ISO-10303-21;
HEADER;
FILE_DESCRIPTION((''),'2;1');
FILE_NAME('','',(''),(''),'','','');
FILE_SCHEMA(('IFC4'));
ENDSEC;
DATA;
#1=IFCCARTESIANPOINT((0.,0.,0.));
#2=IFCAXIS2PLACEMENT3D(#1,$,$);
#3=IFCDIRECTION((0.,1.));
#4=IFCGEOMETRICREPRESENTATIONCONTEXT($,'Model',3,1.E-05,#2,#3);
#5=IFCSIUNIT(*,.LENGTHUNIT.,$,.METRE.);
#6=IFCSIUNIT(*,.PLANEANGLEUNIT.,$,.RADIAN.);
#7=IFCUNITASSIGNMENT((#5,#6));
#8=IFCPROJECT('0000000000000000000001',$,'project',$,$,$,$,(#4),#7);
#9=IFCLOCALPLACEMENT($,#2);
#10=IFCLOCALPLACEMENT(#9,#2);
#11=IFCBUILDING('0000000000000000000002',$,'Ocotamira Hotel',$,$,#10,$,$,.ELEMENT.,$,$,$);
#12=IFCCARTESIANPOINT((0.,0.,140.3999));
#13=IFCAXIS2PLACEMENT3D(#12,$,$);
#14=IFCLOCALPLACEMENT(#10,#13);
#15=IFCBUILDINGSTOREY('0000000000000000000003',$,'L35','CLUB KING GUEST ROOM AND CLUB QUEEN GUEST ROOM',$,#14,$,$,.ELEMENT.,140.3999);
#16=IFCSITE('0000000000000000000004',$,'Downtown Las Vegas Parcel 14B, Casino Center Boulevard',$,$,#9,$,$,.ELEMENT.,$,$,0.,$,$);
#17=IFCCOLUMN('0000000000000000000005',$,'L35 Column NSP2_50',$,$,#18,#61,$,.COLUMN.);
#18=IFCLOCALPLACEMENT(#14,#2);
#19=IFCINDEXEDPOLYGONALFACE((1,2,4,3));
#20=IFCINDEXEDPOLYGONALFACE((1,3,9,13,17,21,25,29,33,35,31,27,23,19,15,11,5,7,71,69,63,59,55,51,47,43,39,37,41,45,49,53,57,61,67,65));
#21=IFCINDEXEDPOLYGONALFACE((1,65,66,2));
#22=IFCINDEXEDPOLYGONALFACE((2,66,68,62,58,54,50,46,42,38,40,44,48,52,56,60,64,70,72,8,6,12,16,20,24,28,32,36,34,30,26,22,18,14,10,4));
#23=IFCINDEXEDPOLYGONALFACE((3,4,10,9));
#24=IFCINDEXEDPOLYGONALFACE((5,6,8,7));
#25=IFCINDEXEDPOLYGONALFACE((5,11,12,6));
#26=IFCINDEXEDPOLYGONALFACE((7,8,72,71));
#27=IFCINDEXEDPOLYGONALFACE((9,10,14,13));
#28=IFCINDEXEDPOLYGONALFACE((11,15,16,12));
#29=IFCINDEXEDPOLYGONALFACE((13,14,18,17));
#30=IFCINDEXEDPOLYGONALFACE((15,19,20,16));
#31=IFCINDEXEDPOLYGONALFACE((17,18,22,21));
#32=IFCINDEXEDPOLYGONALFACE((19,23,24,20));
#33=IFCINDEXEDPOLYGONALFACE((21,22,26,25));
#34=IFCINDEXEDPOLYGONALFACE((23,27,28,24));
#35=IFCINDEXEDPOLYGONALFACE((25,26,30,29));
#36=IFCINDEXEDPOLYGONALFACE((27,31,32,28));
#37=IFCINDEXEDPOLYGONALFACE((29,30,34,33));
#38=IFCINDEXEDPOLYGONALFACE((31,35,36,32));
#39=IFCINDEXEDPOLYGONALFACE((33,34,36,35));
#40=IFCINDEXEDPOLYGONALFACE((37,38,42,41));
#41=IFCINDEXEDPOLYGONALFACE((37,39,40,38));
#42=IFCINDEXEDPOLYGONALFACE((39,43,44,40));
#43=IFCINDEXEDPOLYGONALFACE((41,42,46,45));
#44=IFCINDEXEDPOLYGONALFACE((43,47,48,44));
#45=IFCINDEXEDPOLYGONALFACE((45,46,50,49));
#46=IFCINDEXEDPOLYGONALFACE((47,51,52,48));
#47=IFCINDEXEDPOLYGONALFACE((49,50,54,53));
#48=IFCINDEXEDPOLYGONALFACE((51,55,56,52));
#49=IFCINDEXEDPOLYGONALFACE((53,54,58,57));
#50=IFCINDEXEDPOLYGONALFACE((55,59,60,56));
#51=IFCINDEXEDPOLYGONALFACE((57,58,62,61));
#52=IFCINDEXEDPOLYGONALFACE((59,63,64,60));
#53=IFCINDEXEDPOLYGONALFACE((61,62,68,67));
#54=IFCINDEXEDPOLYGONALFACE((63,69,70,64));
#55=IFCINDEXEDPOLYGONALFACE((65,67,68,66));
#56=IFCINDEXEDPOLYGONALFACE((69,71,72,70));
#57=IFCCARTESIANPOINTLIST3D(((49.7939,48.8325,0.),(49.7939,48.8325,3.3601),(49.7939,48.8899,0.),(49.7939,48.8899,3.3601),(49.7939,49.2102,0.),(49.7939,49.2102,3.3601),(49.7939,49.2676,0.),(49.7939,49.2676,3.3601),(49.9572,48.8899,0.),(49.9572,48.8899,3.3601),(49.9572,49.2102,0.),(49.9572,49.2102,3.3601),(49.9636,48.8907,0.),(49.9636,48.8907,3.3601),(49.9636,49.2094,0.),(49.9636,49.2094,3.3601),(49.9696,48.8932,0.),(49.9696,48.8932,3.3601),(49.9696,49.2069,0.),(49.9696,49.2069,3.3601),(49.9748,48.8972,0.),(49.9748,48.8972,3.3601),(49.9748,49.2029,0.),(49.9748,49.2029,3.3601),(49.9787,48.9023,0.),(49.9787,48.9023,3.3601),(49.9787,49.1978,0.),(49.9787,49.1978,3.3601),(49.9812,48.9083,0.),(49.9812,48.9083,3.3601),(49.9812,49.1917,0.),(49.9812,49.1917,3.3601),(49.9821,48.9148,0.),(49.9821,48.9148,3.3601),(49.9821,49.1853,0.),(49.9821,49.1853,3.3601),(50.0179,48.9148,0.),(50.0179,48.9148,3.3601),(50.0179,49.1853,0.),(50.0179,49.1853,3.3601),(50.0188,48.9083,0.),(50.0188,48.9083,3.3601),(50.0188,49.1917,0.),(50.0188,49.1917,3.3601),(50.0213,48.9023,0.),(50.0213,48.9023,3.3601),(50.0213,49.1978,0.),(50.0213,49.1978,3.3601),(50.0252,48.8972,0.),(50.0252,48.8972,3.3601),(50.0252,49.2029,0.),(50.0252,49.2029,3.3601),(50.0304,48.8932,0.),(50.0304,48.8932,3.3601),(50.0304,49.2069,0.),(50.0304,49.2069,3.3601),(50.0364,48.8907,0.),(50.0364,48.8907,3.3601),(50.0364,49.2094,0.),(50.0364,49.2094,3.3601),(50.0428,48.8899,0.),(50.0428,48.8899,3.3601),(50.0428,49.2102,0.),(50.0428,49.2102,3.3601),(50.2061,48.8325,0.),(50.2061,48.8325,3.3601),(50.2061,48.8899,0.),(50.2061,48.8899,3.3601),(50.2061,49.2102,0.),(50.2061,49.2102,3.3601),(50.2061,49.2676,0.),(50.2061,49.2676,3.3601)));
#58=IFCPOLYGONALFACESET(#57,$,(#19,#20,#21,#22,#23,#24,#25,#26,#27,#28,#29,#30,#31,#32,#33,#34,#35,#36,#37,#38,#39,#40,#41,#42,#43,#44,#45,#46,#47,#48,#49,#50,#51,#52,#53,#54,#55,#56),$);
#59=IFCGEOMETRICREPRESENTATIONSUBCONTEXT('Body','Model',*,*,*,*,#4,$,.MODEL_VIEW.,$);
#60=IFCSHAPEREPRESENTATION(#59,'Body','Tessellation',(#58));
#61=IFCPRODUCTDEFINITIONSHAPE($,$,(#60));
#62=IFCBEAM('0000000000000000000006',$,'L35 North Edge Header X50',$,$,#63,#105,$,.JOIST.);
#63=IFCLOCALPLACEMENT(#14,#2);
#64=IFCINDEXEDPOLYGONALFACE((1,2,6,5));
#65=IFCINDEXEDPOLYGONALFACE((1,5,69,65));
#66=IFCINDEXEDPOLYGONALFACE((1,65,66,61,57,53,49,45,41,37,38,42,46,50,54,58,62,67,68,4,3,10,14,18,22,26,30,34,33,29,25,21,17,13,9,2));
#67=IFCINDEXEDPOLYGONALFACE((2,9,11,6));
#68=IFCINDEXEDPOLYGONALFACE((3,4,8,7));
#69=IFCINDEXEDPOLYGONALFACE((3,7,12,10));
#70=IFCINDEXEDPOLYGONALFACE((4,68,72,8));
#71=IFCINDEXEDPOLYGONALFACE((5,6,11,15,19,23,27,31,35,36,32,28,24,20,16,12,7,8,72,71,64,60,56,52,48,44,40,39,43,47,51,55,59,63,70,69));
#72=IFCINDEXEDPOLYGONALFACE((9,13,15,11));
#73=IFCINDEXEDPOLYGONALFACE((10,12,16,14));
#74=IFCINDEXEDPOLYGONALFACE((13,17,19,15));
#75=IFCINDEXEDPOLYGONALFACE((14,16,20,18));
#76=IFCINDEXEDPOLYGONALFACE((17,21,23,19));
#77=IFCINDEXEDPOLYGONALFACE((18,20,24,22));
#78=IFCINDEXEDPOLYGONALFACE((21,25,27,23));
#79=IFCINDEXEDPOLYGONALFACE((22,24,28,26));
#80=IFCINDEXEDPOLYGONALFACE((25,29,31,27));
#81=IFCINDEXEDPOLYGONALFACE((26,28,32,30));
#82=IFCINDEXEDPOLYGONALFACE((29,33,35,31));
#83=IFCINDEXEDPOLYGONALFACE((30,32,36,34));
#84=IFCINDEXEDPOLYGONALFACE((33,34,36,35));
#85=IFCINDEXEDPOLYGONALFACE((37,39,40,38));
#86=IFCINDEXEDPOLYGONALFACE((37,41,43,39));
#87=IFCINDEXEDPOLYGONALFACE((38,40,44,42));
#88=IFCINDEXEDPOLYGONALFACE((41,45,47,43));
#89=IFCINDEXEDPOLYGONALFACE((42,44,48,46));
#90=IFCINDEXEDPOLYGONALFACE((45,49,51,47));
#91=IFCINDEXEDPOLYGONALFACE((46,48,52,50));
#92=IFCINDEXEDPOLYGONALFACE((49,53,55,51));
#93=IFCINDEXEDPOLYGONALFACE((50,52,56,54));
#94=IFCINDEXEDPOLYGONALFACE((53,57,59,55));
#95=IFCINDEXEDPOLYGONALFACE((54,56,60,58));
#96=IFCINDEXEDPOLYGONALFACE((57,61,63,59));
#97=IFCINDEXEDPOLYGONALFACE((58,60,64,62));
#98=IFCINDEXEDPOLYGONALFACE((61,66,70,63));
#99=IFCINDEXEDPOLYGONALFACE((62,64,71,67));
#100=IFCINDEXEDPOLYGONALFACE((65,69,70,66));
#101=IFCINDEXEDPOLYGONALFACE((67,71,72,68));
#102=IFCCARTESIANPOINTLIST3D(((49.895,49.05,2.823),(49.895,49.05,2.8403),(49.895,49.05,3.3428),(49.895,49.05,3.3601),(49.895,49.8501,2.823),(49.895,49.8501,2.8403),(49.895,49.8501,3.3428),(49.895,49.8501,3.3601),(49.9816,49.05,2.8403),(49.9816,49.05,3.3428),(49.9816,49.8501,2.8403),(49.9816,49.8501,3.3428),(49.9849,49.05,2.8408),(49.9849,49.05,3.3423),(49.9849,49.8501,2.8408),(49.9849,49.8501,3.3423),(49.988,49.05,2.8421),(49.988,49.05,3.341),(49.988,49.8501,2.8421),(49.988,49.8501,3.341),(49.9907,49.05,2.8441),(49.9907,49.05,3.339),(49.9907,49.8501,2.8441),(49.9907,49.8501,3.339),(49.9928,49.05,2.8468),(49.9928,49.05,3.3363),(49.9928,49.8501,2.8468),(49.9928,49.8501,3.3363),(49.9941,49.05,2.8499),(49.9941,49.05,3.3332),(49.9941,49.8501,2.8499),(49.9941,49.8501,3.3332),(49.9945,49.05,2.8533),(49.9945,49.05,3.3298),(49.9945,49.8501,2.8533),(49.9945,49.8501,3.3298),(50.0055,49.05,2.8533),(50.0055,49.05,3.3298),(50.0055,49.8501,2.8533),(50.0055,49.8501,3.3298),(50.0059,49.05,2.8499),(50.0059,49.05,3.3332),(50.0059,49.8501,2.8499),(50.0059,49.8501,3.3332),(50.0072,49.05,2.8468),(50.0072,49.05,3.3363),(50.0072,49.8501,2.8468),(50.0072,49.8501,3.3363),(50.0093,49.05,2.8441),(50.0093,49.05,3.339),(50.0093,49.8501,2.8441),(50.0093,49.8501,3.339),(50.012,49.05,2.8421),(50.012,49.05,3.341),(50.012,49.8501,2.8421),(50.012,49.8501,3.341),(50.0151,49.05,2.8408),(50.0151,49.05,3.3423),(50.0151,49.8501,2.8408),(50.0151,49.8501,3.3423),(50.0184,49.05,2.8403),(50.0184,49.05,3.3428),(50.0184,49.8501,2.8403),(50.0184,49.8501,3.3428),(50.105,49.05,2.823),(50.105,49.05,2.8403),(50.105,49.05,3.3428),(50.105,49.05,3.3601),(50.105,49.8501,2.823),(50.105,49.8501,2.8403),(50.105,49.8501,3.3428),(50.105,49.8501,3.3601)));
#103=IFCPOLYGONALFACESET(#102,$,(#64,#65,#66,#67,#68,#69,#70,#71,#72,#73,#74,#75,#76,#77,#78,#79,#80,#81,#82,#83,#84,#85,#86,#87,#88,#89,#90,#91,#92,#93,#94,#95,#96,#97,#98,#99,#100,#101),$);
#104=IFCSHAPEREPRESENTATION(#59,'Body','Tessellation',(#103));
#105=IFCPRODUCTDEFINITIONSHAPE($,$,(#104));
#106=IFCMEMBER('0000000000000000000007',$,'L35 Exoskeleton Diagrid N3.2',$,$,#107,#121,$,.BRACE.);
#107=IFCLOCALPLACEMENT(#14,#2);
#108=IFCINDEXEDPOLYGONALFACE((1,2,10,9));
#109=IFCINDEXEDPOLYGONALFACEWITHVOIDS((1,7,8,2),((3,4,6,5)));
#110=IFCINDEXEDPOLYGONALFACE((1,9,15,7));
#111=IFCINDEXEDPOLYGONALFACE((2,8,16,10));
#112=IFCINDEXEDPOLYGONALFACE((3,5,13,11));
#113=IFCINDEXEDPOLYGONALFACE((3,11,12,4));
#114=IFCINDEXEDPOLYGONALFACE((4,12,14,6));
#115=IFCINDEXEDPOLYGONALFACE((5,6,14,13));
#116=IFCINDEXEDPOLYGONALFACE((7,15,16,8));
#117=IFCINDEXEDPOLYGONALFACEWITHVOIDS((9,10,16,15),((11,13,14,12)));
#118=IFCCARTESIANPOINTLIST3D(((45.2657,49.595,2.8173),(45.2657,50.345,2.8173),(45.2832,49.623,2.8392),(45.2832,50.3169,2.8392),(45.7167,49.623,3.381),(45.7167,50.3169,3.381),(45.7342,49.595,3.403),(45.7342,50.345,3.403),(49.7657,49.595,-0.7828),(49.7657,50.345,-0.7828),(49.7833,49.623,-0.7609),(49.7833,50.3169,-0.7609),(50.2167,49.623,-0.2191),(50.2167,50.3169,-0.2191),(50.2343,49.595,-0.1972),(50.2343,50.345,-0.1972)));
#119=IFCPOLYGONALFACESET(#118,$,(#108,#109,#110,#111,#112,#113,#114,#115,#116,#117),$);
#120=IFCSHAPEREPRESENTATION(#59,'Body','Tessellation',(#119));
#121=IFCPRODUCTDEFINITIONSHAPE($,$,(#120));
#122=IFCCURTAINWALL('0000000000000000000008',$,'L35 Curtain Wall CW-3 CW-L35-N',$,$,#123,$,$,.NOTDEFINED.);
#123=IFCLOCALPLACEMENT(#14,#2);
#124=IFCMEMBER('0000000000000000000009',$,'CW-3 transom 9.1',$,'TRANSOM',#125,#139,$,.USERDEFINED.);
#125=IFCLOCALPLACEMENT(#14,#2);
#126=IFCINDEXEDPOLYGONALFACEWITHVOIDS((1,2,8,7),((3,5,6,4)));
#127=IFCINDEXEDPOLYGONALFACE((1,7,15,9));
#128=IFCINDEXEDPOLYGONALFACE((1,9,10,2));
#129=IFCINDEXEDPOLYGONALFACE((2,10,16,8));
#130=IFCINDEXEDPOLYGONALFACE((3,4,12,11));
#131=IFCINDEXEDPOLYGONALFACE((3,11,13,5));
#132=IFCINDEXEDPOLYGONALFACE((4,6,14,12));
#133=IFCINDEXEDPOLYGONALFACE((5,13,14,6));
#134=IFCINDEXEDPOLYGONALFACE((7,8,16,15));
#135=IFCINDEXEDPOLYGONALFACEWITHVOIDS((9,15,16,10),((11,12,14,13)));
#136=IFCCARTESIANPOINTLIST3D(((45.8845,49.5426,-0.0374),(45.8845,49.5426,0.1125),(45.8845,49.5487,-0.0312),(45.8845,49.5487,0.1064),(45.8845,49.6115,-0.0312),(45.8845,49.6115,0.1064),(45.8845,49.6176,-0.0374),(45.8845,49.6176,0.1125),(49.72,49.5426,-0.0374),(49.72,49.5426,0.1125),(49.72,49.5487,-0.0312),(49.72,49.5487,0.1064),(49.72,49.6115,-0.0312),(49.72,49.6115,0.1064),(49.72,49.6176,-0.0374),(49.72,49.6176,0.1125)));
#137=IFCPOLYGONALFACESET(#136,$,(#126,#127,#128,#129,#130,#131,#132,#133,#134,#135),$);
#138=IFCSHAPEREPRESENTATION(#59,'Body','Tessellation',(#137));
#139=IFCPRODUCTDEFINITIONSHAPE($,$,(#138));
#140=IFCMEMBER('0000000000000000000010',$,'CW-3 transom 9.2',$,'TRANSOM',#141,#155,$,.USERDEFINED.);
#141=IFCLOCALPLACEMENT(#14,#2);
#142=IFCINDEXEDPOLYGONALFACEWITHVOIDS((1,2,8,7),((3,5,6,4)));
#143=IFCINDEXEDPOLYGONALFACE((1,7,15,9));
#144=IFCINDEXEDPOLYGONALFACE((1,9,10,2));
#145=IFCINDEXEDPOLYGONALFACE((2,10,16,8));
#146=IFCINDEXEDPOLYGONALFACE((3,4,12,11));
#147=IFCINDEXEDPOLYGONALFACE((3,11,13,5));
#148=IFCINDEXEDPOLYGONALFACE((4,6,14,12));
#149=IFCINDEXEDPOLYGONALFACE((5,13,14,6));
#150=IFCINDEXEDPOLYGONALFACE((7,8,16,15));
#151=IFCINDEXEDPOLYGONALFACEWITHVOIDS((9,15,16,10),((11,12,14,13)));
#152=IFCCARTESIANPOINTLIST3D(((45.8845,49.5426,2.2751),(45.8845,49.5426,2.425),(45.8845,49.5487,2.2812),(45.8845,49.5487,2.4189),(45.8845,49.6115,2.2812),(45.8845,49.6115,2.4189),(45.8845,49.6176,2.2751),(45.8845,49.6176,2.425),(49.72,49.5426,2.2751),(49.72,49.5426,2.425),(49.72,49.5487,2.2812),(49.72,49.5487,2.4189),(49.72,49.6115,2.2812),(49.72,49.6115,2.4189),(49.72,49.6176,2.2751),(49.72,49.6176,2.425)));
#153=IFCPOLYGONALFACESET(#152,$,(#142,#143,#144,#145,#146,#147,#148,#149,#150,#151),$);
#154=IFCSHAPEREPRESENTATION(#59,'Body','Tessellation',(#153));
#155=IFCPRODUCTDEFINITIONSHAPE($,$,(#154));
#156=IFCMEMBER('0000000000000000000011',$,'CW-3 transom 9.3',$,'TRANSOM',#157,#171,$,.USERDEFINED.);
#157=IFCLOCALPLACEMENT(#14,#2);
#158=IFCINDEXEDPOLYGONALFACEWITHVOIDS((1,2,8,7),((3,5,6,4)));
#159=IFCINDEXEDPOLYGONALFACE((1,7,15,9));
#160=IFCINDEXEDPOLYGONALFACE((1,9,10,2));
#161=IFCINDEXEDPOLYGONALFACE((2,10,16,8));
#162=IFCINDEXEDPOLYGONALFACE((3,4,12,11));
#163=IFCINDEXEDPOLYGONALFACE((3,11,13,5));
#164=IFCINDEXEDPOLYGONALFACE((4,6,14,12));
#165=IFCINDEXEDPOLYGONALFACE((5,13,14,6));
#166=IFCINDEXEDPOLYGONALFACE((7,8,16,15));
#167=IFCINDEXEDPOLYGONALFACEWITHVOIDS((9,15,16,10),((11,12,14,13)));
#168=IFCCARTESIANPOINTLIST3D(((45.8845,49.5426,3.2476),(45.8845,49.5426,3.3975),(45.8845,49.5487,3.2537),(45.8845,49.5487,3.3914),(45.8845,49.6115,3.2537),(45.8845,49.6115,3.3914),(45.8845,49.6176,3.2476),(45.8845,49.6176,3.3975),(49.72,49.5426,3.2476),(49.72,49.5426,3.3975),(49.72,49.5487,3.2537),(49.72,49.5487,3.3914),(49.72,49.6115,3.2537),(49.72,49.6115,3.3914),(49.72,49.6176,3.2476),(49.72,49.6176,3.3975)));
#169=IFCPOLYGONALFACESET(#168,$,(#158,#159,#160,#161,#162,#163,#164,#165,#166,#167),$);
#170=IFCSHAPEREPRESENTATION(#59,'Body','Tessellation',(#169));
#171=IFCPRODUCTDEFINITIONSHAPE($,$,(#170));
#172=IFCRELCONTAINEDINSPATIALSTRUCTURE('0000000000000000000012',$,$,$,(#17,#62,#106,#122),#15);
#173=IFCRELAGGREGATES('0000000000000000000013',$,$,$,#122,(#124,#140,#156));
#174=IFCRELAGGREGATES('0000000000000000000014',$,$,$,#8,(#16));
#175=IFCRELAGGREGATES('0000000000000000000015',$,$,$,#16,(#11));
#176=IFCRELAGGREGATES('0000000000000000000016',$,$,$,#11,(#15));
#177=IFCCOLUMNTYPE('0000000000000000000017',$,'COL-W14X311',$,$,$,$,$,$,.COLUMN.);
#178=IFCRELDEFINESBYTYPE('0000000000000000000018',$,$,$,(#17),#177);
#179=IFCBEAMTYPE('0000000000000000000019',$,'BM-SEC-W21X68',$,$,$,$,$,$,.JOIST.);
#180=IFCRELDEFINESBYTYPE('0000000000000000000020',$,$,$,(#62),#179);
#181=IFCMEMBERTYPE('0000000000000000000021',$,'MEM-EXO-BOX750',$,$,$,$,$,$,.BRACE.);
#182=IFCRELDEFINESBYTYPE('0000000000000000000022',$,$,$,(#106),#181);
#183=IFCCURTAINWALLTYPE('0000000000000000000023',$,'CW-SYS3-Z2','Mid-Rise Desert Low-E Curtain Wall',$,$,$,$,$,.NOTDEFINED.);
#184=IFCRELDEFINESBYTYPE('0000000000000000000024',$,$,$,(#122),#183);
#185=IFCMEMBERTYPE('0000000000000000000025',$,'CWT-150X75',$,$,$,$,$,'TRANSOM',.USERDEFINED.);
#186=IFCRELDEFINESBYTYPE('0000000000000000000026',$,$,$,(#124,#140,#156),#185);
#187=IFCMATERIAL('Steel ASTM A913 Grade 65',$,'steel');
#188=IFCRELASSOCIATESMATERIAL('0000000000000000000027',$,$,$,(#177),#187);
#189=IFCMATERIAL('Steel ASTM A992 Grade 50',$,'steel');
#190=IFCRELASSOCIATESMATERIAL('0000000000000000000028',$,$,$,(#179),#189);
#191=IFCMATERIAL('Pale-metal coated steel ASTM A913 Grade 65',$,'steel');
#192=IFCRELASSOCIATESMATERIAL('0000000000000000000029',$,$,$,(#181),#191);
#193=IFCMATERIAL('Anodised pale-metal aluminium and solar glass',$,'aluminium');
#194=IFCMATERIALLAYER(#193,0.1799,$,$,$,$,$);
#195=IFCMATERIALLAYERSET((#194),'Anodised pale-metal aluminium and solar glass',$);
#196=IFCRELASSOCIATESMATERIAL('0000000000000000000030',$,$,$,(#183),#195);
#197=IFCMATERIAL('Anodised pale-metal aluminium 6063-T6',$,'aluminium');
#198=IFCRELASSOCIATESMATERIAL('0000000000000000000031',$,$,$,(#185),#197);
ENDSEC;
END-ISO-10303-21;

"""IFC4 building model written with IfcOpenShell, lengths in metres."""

from ifc_helpers import new_model, si_unit, direction, frame, origin, origin_2d, place, context, subcontext, project, spatial, hollow_rectangle, i_section, extrude, source, transform, mapped, material, layer, layer_set, material_profile, profile_set, type_object, element, aggregate, save


model = new_model("IFC4")

# Units and contexts
model_context = context("Model", 3, precision=1e-05, world=origin(), true_north=direction((0.0, 1.0)))
body_context = subcontext(model_context, "Body", "Model", "MODEL_VIEW")
ifc_project = project(units=[si_unit("LENGTHUNIT", "METRE"), si_unit("PLANEANGLEUNIT", "RADIAN")], contexts=[model_context])

# Site, building, storey
site_placement = place(None, origin())
site = spatial("IfcSite", under=ifc_project, at=site_placement, Name="Downtown Las Vegas Parcel 14B, Casino Center Boulevard", CompositionType="ELEMENT", RefElevation=0.0)
building_placement = place(site_placement, origin())
building = spatial("IfcBuilding", under=site, at=building_placement, Name="Ocotamira Hotel", CompositionType="ELEMENT")
storey_placement = place(building_placement, frame((0.0, 0.0, 140.3999)))
storey = spatial("IfcBuildingStorey", under=building, at=storey_placement, Name="L35", Description="CLUB KING GUEST ROOM AND CLUB QUEEN GUEST ROOM", CompositionType="ELEMENT", Elevation=140.3999)

# Column
ifc_material_1 = material(Name="Steel ASTM A913 Grade 65", Category="steel")
ifc_material_profile_1 = material_profile(ifc_material_1, i_section(OverallWidth=0.4121, OverallDepth=0.4351, WebThickness=0.0359, FlangeThickness=0.0574, FilletRadius=0.0249, at=origin_2d()), Name="W14X311")
ifc_profile_set_1 = profile_set([ifc_material_profile_1], Name="Steel ASTM A913 Grade 65")
column_type = type_object("IfcColumnType", Name="COL-W14X311", PredefinedType="COLUMN", material=ifc_profile_set_1)
shared_shape_1 = source(origin(), body_context, "Body", "SweptSolid", [
    extrude(i_section(OverallWidth=0.4121, OverallDepth=0.4351, WebThickness=0.0359, FlangeThickness=0.0574, FilletRadius=0.0249, at=origin_2d()), origin(), (0.0, 0.0, 1.0), 3.3601),
])
column_placement = place(storey_placement, frame((50.0, 49.05, 0.0), z_axis=(0.0, 0.0, 1.0), x_axis=(1.0, 0.0, 0.0)))
element("IfcColumn", 1, at=column_placement, inside=storey, type_object=column_type, Name="L35 Column NSP2_50", PredefinedType="COLUMN", context=body_context, shape_type="MappedRepresentation", body=[
    mapped(shared_shape_1, transform((0.0, 0.0, 0.0), scale=1.0)),
])

# Beam
ifc_material_2 = material(Name="Steel ASTM A992 Grade 50", Category="steel")
ifc_material_profile_2 = material_profile(ifc_material_2, i_section(OverallWidth=0.21, OverallDepth=0.5371, WebThickness=0.011, FlangeThickness=0.0173, FilletRadius=0.0129, at=origin_2d()), Name="W21X68")
ifc_profile_set_2 = profile_set([ifc_material_profile_2], Name="Steel ASTM A992 Grade 50")
beam_type = type_object("IfcBeamType", Name="BM-SEC-W21X68", PredefinedType="JOIST", material=ifc_profile_set_2)
shared_shape_2 = source(origin(), body_context, "Body", "SweptSolid", [
    extrude(i_section(OverallWidth=0.21, OverallDepth=0.5371, WebThickness=0.011, FlangeThickness=0.0173, FilletRadius=0.0129, at=origin_2d()), origin(), (0.0, 0.0, 1.0), 0.8),
])
beam_placement = place(storey_placement, frame((50.0, 49.05, 3.0916), z_axis=(0.0, 1.0, 0.0), x_axis=(-1.0, 0.0, 0.0)))
element("IfcBeam", 2, at=beam_placement, inside=storey, type_object=beam_type, Name="L35 North Edge Header X50", PredefinedType="JOIST", context=body_context, shape_type="MappedRepresentation", body=[
    mapped(shared_shape_2, transform((0.0, 0.0, 0.0), scale=1.0)),
])

# Member
ifc_material_3 = material(Name="Pale-metal coated steel ASTM A913 Grade 65", Category="steel")
ifc_material_profile_3 = material_profile(ifc_material_3, hollow_rectangle(XDim=0.75, YDim=0.75, WallThickness=0.0281, at=origin_2d()), Name="BOX750X750X28")
ifc_profile_set_3 = profile_set([ifc_material_profile_3], Name="Pale-metal coated steel ASTM A913 Grade 65")
member_type_1 = type_object("IfcMemberType", Name="MEM-EXO-BOX750", PredefinedType="BRACE", material=ifc_profile_set_3)
shared_shape_3 = source(origin(), body_context, "Body", "SweptSolid", [
    extrude(hollow_rectangle(XDim=0.75, YDim=0.75, WallThickness=0.0281, at=origin_2d()), origin(), (0.0, 0.0, 1.0), 5.7629),
])
member_1_placement = place(storey_placement, frame((50.0, 49.97, -0.49), z_axis=(-0.780861, 0.0, 0.624705), x_axis=(0.0, -1.0, 0.0)))
element("IfcMember", 3, at=member_1_placement, inside=storey, type_object=member_type_1, Name="L35 Exoskeleton Diagrid N3.2", PredefinedType="BRACE", context=body_context, shape_type="MappedRepresentation", body=[
    mapped(shared_shape_3, transform((0.0, 0.0, 0.0), scale=1.0)),
])

# Curtain wall, members
ifc_material_4 = material(Name="Anodised pale-metal aluminium and solar glass", Category="aluminium")
ifc_layer_1 = layer(ifc_material_4, 0.1799)
ifc_layer_set_1 = layer_set([ifc_layer_1], Name="Anodised pale-metal aluminium and solar glass")
curtain_wall_type = type_object("IfcCurtainWallType", Name="CW-SYS3-Z2", Description="Mid-Rise Desert Low-E Curtain Wall", PredefinedType="NOTDEFINED", material=ifc_layer_set_1)
curtain_wall_1_placement = place(storey_placement, origin())
curtain_wall_1 = element("IfcCurtainWall", 4, at=curtain_wall_1_placement, inside=storey, type_object=curtain_wall_type, Name="L35 Curtain Wall CW-3 CW-L35-N", PredefinedType="NOTDEFINED")
ifc_material_5 = material(Name="Anodised pale-metal aluminium 6063-T6", Category="aluminium")
ifc_material_profile_4 = material_profile(ifc_material_5, hollow_rectangle(XDim=0.075, YDim=0.1499, WallThickness=0.0061, at=origin_2d()), Name="HSS150X75X6")
ifc_profile_set_4 = profile_set([ifc_material_profile_4], Name="Anodised pale-metal aluminium 6063-T6")
member_type_2 = type_object("IfcMemberType", Name="CWT-150X75", ElementType="TRANSOM", PredefinedType="USERDEFINED", material=ifc_profile_set_4)
shared_shape_4 = source(origin(), body_context, "Body", "SweptSolid", [
    extrude(hollow_rectangle(XDim=0.075, YDim=0.1499, WallThickness=0.0061, at=origin_2d()), origin(), (0.0, 0.0, 1.0), 3.8354),
])
member_2_placement = place(storey_placement, frame((45.8845, 49.5801, 0.0376), z_axis=(1.0, 0.0, 0.0), x_axis=(0.0, 1.0, 0.0)))
member_2 = element("IfcMember", 5, at=member_2_placement, type_object=member_type_2, Name="CW-3 transom 9.1", ObjectType="TRANSOM", PredefinedType="USERDEFINED", context=body_context, shape_type="MappedRepresentation", body=[
    mapped(shared_shape_4, transform((0.0, 0.0, 0.0), scale=1.0)),
])
member_3_placement = place(storey_placement, frame((45.8845, 49.5801, 2.3501), z_axis=(1.0, 0.0, 0.0), x_axis=(0.0, 1.0, 0.0)))
member_3 = element("IfcMember", 6, at=member_3_placement, type_object=member_type_2, Name="CW-3 transom 9.2", ObjectType="TRANSOM", PredefinedType="USERDEFINED", context=body_context, shape_type="MappedRepresentation", body=[
    mapped(shared_shape_4, transform((0.0, 0.0, 0.0), scale=1.0)),
])
member_4_placement = place(storey_placement, frame((45.8845, 49.5801, 3.3225), z_axis=(1.0, 0.0, 0.0), x_axis=(0.0, 1.0, 0.0)))
member_4 = element("IfcMember", 7, at=member_4_placement, type_object=member_type_2, Name="CW-3 transom 9.3", ObjectType="TRANSOM", PredefinedType="USERDEFINED", context=body_context, shape_type="MappedRepresentation", body=[
    mapped(shared_shape_4, transform((0.0, 0.0, 0.0), scale=1.0)),
])

aggregate(curtain_wall_1, [member_2, member_3, member_4])

save(model, "model.ifc")
